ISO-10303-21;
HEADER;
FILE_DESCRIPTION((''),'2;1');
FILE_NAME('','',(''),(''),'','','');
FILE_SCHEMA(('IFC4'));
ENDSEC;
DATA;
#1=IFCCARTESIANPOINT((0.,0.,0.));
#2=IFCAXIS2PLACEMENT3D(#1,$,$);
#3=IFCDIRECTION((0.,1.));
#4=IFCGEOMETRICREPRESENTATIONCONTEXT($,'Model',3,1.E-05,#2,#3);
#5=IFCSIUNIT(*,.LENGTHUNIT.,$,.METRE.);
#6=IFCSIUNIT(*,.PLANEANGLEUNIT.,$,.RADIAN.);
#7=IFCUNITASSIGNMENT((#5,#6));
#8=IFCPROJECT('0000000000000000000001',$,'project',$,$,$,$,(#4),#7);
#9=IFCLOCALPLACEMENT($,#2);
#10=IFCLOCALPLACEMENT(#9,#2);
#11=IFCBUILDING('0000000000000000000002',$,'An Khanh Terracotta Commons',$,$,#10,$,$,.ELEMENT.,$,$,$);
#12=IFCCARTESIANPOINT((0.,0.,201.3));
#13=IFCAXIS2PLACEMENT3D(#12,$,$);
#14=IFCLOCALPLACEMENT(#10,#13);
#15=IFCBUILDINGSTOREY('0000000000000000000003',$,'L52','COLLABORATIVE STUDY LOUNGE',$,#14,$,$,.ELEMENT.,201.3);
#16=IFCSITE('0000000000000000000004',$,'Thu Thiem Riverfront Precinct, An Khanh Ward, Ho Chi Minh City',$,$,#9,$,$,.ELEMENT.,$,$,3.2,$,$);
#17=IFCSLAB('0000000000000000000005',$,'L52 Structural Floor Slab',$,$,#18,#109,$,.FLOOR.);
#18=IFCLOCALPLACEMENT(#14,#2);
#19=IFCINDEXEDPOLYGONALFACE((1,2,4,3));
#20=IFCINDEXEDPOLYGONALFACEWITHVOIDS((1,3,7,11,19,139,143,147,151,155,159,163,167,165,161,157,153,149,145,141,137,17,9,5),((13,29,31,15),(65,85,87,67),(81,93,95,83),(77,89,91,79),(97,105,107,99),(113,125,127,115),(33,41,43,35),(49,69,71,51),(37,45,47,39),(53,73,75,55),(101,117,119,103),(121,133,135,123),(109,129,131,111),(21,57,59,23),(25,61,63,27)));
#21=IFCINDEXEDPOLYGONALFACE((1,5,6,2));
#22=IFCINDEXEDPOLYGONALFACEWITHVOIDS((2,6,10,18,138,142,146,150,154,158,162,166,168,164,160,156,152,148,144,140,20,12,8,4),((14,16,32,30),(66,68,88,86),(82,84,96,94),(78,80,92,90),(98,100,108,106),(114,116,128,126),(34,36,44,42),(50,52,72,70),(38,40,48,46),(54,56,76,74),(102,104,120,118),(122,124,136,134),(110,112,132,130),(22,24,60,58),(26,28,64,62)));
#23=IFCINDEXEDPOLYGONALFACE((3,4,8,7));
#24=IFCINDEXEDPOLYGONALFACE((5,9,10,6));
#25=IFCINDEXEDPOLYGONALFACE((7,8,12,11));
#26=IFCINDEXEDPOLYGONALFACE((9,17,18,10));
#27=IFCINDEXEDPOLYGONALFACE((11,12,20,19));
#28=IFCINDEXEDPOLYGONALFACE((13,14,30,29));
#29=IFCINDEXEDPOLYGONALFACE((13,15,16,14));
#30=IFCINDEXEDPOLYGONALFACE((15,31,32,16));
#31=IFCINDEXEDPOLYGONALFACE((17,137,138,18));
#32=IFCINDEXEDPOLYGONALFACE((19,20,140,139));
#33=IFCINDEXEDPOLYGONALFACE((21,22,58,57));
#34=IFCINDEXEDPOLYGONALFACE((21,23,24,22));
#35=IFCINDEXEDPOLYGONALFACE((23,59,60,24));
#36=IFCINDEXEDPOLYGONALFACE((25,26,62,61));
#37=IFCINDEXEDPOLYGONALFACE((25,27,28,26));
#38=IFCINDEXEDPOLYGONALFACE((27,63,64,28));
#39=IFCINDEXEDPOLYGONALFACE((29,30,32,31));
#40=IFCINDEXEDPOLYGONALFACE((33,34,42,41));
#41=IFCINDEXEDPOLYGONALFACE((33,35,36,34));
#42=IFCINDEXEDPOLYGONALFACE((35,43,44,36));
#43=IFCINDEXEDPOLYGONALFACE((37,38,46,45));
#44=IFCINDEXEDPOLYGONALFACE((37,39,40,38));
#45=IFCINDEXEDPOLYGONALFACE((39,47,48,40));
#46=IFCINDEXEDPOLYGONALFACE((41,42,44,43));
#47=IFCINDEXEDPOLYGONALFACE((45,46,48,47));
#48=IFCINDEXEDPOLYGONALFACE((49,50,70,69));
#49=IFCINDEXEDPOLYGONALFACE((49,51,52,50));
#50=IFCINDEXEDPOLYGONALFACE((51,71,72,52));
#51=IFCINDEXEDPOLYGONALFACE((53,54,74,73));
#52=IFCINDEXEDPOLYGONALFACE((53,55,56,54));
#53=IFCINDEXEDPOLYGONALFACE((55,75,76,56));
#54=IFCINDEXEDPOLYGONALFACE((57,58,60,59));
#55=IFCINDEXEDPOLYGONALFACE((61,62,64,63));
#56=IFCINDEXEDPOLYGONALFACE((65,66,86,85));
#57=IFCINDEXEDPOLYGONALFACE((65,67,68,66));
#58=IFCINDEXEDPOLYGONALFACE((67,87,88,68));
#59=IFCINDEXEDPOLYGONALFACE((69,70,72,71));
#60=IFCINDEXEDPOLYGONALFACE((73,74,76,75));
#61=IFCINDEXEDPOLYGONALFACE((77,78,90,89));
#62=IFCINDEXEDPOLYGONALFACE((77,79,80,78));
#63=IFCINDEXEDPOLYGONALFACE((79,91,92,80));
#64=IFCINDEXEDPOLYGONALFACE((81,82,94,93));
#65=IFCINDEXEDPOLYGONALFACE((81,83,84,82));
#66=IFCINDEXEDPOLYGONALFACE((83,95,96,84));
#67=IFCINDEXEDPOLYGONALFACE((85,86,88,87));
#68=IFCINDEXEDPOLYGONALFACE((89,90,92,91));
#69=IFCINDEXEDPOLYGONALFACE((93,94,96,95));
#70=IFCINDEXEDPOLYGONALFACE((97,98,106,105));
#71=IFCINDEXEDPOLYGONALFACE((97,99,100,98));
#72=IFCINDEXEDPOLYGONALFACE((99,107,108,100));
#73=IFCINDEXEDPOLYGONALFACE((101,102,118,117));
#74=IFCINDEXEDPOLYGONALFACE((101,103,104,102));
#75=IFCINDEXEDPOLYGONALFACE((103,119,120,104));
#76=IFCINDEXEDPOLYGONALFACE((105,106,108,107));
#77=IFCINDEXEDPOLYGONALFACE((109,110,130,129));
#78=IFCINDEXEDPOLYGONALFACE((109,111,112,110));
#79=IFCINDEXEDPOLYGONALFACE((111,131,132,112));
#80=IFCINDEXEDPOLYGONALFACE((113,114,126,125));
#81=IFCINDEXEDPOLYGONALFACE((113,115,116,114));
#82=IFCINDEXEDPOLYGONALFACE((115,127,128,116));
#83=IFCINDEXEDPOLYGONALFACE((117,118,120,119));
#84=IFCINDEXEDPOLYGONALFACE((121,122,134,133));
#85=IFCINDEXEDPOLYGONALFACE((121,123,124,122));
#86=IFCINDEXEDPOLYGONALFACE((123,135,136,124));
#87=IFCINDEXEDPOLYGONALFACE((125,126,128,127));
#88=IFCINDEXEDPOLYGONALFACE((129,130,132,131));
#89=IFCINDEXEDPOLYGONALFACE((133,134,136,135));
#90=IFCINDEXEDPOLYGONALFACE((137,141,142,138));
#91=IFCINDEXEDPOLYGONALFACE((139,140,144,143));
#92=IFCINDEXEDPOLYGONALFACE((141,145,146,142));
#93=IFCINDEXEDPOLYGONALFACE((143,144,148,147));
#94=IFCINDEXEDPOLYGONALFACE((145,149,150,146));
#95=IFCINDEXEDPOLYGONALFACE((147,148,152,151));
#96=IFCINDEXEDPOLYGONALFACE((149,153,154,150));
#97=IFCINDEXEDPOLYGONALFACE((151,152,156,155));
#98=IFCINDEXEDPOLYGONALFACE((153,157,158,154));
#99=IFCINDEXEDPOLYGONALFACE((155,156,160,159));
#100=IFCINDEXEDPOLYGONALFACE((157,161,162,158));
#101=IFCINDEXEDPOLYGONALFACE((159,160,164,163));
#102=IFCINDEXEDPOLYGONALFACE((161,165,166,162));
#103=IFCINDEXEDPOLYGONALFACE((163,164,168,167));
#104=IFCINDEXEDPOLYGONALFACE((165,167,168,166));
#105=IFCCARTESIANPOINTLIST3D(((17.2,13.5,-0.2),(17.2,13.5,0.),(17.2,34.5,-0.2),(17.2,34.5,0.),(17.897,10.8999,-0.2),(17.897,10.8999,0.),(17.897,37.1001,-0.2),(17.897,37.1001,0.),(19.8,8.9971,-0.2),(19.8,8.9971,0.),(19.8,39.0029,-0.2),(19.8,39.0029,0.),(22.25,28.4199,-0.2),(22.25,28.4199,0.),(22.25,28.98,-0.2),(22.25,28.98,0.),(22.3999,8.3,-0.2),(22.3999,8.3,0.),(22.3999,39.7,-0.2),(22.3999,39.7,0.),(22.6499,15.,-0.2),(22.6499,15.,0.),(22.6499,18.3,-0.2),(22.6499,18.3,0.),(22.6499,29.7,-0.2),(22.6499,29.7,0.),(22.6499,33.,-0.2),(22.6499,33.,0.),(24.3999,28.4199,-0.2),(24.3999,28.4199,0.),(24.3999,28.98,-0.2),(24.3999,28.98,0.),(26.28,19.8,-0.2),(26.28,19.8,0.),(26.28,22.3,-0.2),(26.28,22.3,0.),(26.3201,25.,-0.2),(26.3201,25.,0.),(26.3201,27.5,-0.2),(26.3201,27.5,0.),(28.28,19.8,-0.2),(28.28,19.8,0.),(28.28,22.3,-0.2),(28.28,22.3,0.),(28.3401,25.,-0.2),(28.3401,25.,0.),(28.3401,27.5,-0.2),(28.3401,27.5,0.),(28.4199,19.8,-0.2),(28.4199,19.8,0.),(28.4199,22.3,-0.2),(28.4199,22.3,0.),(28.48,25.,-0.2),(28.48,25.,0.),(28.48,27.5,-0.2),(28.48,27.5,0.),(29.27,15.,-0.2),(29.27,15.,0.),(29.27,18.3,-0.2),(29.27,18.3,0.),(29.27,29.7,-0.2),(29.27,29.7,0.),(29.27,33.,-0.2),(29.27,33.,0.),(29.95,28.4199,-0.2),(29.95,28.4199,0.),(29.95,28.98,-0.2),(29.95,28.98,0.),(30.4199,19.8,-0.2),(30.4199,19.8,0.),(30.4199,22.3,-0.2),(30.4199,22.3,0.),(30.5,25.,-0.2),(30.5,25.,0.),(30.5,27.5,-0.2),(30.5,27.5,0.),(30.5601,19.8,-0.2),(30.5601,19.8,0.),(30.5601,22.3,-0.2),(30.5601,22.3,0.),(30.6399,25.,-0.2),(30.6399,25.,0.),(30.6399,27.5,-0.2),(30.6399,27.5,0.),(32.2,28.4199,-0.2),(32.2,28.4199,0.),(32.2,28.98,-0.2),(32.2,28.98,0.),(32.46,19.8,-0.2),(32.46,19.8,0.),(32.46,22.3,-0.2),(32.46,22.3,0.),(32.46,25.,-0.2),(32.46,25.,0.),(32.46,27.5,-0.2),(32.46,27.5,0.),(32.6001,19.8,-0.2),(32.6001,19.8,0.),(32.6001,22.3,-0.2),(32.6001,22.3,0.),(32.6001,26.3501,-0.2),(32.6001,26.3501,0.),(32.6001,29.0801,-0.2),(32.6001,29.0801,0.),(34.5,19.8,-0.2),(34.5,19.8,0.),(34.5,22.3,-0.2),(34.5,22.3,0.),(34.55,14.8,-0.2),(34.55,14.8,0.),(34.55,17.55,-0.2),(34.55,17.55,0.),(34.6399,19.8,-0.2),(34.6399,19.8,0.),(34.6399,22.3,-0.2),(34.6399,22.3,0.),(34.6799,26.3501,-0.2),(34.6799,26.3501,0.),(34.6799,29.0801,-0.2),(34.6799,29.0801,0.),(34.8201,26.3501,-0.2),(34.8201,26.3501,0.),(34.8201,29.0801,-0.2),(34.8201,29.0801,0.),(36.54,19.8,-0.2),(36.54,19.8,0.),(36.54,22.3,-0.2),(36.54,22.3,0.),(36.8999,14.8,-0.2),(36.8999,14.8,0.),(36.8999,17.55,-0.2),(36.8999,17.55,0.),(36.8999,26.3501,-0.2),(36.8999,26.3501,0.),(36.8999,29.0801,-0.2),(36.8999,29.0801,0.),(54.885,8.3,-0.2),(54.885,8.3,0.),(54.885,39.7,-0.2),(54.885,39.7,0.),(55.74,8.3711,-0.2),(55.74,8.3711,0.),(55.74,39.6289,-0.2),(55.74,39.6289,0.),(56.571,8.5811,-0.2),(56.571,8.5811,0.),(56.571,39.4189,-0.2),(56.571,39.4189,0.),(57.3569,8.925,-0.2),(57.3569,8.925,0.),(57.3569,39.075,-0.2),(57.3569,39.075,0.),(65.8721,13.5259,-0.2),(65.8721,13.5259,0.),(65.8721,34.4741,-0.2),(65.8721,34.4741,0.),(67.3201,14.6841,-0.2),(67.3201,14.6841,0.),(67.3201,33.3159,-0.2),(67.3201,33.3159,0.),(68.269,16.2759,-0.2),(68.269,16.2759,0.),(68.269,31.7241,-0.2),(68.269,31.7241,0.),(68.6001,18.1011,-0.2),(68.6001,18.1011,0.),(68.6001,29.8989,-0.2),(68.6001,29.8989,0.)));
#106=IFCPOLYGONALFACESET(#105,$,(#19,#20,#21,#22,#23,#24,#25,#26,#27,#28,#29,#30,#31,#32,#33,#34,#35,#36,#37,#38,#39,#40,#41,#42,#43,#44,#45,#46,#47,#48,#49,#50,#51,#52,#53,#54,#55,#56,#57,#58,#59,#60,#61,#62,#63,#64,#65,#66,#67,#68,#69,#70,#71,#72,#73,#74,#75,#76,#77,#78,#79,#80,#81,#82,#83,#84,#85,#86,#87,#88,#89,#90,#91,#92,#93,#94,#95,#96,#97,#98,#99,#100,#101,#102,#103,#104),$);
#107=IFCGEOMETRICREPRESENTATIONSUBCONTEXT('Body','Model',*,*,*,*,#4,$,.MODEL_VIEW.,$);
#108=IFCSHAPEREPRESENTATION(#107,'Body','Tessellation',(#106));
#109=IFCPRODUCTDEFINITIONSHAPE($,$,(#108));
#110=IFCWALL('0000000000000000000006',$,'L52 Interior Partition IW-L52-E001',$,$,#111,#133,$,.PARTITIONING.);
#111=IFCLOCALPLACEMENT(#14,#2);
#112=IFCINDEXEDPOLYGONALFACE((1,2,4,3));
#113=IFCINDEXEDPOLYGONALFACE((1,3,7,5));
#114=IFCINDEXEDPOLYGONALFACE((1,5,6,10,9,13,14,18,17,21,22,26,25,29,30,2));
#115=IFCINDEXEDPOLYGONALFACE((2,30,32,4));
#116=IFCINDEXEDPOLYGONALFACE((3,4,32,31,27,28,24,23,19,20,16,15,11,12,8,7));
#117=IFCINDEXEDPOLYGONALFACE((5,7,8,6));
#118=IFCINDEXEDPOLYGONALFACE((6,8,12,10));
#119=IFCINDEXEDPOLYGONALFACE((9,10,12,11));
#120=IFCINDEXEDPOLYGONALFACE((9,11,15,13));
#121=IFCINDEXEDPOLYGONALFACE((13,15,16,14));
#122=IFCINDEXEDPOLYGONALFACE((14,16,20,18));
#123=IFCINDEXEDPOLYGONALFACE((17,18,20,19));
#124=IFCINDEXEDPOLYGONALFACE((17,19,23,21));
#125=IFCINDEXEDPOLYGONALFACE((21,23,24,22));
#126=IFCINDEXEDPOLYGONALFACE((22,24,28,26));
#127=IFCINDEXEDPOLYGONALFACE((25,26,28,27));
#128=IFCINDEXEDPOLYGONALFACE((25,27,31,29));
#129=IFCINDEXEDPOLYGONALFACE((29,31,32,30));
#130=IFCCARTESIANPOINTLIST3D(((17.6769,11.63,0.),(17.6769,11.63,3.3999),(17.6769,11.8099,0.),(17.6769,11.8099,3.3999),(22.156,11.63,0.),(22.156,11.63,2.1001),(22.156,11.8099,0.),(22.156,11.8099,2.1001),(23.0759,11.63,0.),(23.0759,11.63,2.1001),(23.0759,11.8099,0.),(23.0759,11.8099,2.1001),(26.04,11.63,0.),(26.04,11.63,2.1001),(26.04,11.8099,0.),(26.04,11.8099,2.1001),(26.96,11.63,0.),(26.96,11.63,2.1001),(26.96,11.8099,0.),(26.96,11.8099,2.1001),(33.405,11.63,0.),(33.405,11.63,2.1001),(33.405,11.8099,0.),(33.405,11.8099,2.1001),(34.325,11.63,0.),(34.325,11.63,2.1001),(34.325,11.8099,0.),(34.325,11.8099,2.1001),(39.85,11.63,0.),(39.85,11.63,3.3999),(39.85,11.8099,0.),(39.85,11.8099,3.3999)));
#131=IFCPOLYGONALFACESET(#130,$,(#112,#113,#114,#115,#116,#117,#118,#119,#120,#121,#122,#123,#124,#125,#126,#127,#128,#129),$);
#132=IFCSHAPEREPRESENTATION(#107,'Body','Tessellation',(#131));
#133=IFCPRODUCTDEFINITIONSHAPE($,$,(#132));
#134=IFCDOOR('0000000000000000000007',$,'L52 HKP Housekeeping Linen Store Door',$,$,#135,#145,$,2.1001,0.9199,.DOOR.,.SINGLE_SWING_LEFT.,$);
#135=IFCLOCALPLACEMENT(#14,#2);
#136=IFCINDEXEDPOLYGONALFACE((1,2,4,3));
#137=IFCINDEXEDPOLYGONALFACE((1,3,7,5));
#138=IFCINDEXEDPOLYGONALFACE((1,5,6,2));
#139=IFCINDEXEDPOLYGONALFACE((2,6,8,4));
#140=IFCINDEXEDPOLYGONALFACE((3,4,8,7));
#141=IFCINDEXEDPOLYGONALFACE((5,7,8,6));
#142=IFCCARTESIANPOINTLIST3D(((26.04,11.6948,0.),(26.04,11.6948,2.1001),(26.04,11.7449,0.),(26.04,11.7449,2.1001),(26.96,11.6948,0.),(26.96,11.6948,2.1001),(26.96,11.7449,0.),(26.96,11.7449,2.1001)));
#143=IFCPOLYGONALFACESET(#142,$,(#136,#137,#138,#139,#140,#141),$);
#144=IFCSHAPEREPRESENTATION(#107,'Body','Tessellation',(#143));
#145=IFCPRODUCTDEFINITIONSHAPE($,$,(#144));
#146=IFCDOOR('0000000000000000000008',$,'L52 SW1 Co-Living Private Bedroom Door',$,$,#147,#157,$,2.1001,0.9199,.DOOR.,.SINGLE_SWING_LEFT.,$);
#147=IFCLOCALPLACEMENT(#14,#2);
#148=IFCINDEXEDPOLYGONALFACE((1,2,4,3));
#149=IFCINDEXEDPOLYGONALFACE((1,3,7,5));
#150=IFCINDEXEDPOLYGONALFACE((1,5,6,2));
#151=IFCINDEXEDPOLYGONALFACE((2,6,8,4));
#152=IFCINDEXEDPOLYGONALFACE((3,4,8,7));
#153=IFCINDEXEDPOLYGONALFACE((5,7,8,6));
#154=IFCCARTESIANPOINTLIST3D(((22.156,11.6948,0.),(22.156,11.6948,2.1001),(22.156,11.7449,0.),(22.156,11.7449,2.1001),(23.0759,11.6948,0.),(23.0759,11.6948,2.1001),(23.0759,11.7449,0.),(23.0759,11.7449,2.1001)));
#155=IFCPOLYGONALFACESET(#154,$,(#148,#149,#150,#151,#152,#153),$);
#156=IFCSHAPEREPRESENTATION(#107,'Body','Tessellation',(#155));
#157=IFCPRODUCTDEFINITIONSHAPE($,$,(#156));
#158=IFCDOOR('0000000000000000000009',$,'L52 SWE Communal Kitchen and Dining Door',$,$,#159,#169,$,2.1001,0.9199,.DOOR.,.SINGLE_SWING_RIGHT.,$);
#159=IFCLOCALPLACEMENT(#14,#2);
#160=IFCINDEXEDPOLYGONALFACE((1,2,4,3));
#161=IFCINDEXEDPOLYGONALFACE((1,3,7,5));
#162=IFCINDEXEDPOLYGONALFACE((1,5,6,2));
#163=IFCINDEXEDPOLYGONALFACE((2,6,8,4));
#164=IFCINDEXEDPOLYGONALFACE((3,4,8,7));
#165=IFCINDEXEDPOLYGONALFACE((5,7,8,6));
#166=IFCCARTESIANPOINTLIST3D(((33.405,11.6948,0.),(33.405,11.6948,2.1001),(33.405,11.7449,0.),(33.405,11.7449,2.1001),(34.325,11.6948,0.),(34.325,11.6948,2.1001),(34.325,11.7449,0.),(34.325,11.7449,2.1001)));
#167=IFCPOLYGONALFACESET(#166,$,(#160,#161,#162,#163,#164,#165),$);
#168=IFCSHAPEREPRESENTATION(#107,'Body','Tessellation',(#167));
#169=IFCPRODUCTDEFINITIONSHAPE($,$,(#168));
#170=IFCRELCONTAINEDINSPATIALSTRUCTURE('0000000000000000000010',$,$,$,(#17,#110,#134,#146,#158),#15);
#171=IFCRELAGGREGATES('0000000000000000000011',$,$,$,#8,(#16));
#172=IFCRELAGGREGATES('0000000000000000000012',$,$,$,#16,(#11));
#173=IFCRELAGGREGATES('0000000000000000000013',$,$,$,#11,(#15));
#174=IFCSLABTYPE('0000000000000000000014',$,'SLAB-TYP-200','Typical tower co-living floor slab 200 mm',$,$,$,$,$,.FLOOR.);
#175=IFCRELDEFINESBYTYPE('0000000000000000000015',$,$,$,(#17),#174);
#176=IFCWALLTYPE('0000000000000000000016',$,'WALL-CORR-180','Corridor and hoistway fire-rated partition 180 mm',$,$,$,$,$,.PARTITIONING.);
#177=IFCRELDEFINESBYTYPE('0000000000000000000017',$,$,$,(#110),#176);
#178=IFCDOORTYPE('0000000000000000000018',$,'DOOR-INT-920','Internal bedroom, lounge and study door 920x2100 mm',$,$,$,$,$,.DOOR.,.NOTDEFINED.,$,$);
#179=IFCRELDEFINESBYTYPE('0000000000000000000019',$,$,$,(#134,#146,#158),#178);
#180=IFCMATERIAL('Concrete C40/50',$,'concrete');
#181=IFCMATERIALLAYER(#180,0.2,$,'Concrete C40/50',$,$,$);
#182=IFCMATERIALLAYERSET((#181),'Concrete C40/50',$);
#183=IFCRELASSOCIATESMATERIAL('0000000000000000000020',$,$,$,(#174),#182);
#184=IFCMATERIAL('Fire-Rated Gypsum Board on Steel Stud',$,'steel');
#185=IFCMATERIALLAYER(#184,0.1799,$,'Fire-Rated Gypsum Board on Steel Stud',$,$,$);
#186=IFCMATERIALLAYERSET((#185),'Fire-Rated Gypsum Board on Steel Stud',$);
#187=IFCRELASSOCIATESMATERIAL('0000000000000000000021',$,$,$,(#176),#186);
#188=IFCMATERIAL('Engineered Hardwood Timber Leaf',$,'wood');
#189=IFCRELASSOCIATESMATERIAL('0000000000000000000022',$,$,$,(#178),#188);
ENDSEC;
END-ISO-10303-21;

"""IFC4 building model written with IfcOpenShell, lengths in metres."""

from ifc_helpers import new_model, si_unit, direction, frame, frame_2d, origin, place, context, subcontext, project, spatial, polyline, rectangle, outline, extrude, material, layer, layer_set, type_object, element, fill, save


model = new_model("IFC4")

# Units and contexts
model_context = context("Model", 3, precision=1e-05, world=origin(), true_north=direction((0.0, 1.0)))
body_context = subcontext(model_context, "Body", "Model", "MODEL_VIEW")
ifc_project = project(units=[si_unit("LENGTHUNIT", "METRE"), si_unit("PLANEANGLEUNIT", "RADIAN")], contexts=[model_context])

# Site, building, storey
site_placement = place(None, origin())
site = spatial("IfcSite", under=ifc_project, at=site_placement, Name="Thu Thiem Riverfront Precinct, An Khanh Ward, Ho Chi Minh City", CompositionType="ELEMENT", RefElevation=3.2)
building_placement = place(site_placement, origin())
building = spatial("IfcBuilding", under=site, at=building_placement, Name="An Khanh Terracotta Commons", CompositionType="ELEMENT")
storey_placement = place(building_placement, frame((0.0, 0.0, 201.3)))
storey = spatial("IfcBuildingStorey", under=building, at=storey_placement, Name="L52", Description="COLLABORATIVE STUDY LOUNGE", CompositionType="ELEMENT", Elevation=201.3)

# Shared definitions
ifc_material_1 = material(Name="Concrete C40/50", Category="concrete")

# Slab
ifc_layer_1 = layer(ifc_material_1, 0.2, Name="Concrete C40/50")
ifc_layer_set_1 = layer_set([ifc_layer_1], Name="Concrete C40/50")
slab_type_1 = type_object("IfcSlabType", Name="SLAB-TYP-200", Description="Typical tower co-living floor slab 200 mm", PredefinedType="FLOOR", material=ifc_layer_set_1)
slab_1_placement = place(storey_placement, frame((0.0, 0.0, -0.2)))
element("IfcSlab", 1, at=slab_1_placement, inside=storey, type_object=slab_type_1, Name="L52 Structural Floor Slab", PredefinedType="FLOOR", context=body_context, shape_type="SweptSolid", body=[
    extrude(outline(polyline([(17.2, 13.5), (17.897, 10.8999), (19.8, 8.9971), (22.3999, 8.3), (54.885, 8.3), (55.74, 8.3711), (56.571, 8.5811), (57.3569, 8.925), (65.8721, 13.5259), (67.3201, 14.6841), (68.269, 16.2759), (68.6001, 18.1011), (68.6001, 29.8989), (68.269, 31.7241), (67.3201, 33.3159), (65.8721, 34.4741), (57.3569, 39.075), (56.571, 39.4189), (55.74, 39.6289), (54.885, 39.7), (22.3999, 39.7), (19.8, 39.0029), (17.897, 37.1001), (17.2, 34.5), (17.2, 13.5)]), holes=[polyline([(22.6499, 29.7), (29.27, 29.7), (29.27, 33.0), (22.6499, 33.0), (22.6499, 29.7)]), polyline([(22.6499, 15.0), (29.27, 15.0), (29.27, 18.3), (22.6499, 18.3), (22.6499, 15.0)]), polyline([(32.6001, 26.3501), (34.6799, 26.3501), (34.6799, 29.0801), (32.6001, 29.0801), (32.6001, 26.3501)]), polyline([(34.8201, 26.3501), (36.8999, 26.3501), (36.8999, 29.0801), (34.8201, 29.0801), (34.8201, 26.3501)]), polyline([(34.55, 14.8), (36.8999, 14.8), (36.8999, 17.55), (34.55, 17.55), (34.55, 14.8)]), polyline([(26.3201, 25.0), (28.3401, 25.0), (28.3401, 27.5), (26.3201, 27.5), (26.3201, 25.0)]), polyline([(28.48, 25.0), (30.5, 25.0), (30.5, 27.5), (28.48, 27.5), (28.48, 25.0)]), polyline([(26.28, 19.8), (28.28, 19.8), (28.28, 22.3), (26.28, 22.3), (26.28, 19.8)]), polyline([(28.4199, 19.8), (30.4199, 19.8), (30.4199, 22.3), (28.4199, 22.3), (28.4199, 19.8)]), polyline([(30.6399, 25.0), (32.46, 25.0), (32.46, 27.5), (30.6399, 27.5), (30.6399, 25.0)]), polyline([(30.5601, 19.8), (32.46, 19.8), (32.46, 22.3), (30.5601, 22.3), (30.5601, 19.8)]), polyline([(32.6001, 19.8), (34.5, 19.8), (34.5, 22.3), (32.6001, 22.3), (32.6001, 19.8)]), polyline([(34.6399, 19.8), (36.54, 19.8), (36.54, 22.3), (34.6399, 22.3), (34.6399, 19.8)]), polyline([(22.25, 28.4199), (24.3999, 28.4199), (24.3999, 28.98), (22.25, 28.98), (22.25, 28.4199)]), polyline([(29.95, 28.4199), (32.2, 28.4199), (32.2, 28.98), (29.95, 28.98), (29.95, 28.4199)])]), origin(), (0.0, 0.0, 1.0), 0.2),
])

# Wall, openings, doors
ifc_material_2 = material(Name="Fire-Rated Gypsum Board on Steel Stud", Category="steel")
ifc_layer_2 = layer(ifc_material_2, 0.1799, Name="Fire-Rated Gypsum Board on Steel Stud")
ifc_layer_set_2 = layer_set([ifc_layer_2], Name="Fire-Rated Gypsum Board on Steel Stud")
wall_type_1 = type_object("IfcWallType", Name="WALL-CORR-180", Description="Corridor and hoistway fire-rated partition 180 mm", PredefinedType="PARTITIONING", material=ifc_layer_set_2)
wall_1_placement = place(storey_placement, frame((17.677, 11.72, 0.0), z_axis=(0.0, 0.0, 1.0), x_axis=(1.0, 0.0, 0.0)))
wall_1 = element("IfcWall", 2, at=wall_1_placement, inside=storey, type_object=wall_type_1, Name="L52 Interior Partition IW-L52-E001", PredefinedType="PARTITIONING", context=body_context, shape_type="SweptSolid", body=[
    extrude(rectangle(XDim=22.1731, YDim=0.1799, at=frame_2d((11.0864, 0.0))), origin(), (0.0, 0.0, 1.0), 3.3999),
])
opening_1_placement = place(wall_1_placement, frame((8.363, 0.0, 0.0)))
opening_1 = element("IfcOpeningElement", 3, at=opening_1_placement, cuts=wall_1, PredefinedType="OPENING", context=body_context, shape_type="SweptSolid", body=[
    extrude(rectangle(XDim=0.9199, YDim=2.1001, at=frame_2d((0.46, 1.05))), frame((0.0, 0.0999, 0.0), z_axis=(0.0, -1.0, 0.0), x_axis=(1.0, 0.0, 0.0)), (0.0, 0.0, 1.0), 0.2),
])
opening_2_placement = place(wall_1_placement, frame((4.479, 0.0, 0.0)))
opening_2 = element("IfcOpeningElement", 4, at=opening_2_placement, cuts=wall_1, PredefinedType="OPENING", context=body_context, shape_type="SweptSolid", body=[
    extrude(rectangle(XDim=0.9199, YDim=2.1001, at=frame_2d((0.46, 1.05))), frame((0.0, 0.0999, 0.0), z_axis=(0.0, -1.0, 0.0), x_axis=(1.0, 0.0, 0.0)), (0.0, 0.0, 1.0), 0.2),
])
opening_3_placement = place(wall_1_placement, frame((15.728, 0.0, 0.0)))
opening_3 = element("IfcOpeningElement", 5, at=opening_3_placement, cuts=wall_1, PredefinedType="OPENING", context=body_context, shape_type="SweptSolid", body=[
    extrude(rectangle(XDim=0.9199, YDim=2.1001, at=frame_2d((0.46, 1.05))), frame((0.0, 0.0999, 0.0), z_axis=(0.0, -1.0, 0.0), x_axis=(1.0, 0.0, 0.0)), (0.0, 0.0, 1.0), 0.2),
])
ifc_material_3 = material(Name="Engineered Hardwood Timber Leaf", Category="wood")
door_type = type_object("IfcDoorType", Name="DOOR-INT-920", Description="Internal bedroom, lounge and study door 920x2100 mm", OperationType="NOTDEFINED", PredefinedType="DOOR", material=ifc_material_3)
door_1_placement = place(opening_1_placement, origin())
door_1 = element("IfcDoor", 6, at=door_1_placement, inside=storey, type_object=door_type, Name="L52 HKP Housekeeping Linen Store Door", OperationType="SINGLE_SWING_LEFT", OverallHeight=2.1001, OverallWidth=0.9199, PredefinedType="DOOR", context=body_context, shape_type="SweptSolid", body=[
    extrude(rectangle(XDim=0.9199, YDim=2.1001, at=frame_2d((0.46, 1.05))), frame((0.0, 0.0249, 0.0), z_axis=(0.0, -1.0, 0.0), x_axis=(1.0, 0.0, 0.0)), (0.0, 0.0, 1.0), 0.05),
])
fill(opening_1, door_1)
door_2_placement = place(opening_2_placement, origin())
door_2 = element("IfcDoor", 7, at=door_2_placement, inside=storey, type_object=door_type, Name="L52 SW1 Co-Living Private Bedroom Door", OperationType="SINGLE_SWING_LEFT", OverallHeight=2.1001, OverallWidth=0.9199, PredefinedType="DOOR", context=body_context, shape_type="SweptSolid", body=[
    extrude(rectangle(XDim=0.9199, YDim=2.1001, at=frame_2d((0.46, 1.05))), frame((0.0, 0.0249, 0.0), z_axis=(0.0, -1.0, 0.0), x_axis=(1.0, 0.0, 0.0)), (0.0, 0.0, 1.0), 0.05),
])
fill(opening_2, door_2)
door_3_placement = place(opening_3_placement, origin())
door_3 = element("IfcDoor", 8, at=door_3_placement, inside=storey, type_object=door_type, Name="L52 SWE Communal Kitchen and Dining Door", OperationType="SINGLE_SWING_RIGHT", OverallHeight=2.1001, OverallWidth=0.9199, PredefinedType="DOOR", context=body_context, shape_type="SweptSolid", body=[
    extrude(rectangle(XDim=0.9199, YDim=2.1001, at=frame_2d((0.46, 1.05))), frame((0.0, 0.0249, 0.0), z_axis=(0.0, -1.0, 0.0), x_axis=(1.0, 0.0, 0.0)), (0.0, 0.0, 1.0), 0.05),
])
fill(opening_3, door_3)

save(model, "model.ifc")
